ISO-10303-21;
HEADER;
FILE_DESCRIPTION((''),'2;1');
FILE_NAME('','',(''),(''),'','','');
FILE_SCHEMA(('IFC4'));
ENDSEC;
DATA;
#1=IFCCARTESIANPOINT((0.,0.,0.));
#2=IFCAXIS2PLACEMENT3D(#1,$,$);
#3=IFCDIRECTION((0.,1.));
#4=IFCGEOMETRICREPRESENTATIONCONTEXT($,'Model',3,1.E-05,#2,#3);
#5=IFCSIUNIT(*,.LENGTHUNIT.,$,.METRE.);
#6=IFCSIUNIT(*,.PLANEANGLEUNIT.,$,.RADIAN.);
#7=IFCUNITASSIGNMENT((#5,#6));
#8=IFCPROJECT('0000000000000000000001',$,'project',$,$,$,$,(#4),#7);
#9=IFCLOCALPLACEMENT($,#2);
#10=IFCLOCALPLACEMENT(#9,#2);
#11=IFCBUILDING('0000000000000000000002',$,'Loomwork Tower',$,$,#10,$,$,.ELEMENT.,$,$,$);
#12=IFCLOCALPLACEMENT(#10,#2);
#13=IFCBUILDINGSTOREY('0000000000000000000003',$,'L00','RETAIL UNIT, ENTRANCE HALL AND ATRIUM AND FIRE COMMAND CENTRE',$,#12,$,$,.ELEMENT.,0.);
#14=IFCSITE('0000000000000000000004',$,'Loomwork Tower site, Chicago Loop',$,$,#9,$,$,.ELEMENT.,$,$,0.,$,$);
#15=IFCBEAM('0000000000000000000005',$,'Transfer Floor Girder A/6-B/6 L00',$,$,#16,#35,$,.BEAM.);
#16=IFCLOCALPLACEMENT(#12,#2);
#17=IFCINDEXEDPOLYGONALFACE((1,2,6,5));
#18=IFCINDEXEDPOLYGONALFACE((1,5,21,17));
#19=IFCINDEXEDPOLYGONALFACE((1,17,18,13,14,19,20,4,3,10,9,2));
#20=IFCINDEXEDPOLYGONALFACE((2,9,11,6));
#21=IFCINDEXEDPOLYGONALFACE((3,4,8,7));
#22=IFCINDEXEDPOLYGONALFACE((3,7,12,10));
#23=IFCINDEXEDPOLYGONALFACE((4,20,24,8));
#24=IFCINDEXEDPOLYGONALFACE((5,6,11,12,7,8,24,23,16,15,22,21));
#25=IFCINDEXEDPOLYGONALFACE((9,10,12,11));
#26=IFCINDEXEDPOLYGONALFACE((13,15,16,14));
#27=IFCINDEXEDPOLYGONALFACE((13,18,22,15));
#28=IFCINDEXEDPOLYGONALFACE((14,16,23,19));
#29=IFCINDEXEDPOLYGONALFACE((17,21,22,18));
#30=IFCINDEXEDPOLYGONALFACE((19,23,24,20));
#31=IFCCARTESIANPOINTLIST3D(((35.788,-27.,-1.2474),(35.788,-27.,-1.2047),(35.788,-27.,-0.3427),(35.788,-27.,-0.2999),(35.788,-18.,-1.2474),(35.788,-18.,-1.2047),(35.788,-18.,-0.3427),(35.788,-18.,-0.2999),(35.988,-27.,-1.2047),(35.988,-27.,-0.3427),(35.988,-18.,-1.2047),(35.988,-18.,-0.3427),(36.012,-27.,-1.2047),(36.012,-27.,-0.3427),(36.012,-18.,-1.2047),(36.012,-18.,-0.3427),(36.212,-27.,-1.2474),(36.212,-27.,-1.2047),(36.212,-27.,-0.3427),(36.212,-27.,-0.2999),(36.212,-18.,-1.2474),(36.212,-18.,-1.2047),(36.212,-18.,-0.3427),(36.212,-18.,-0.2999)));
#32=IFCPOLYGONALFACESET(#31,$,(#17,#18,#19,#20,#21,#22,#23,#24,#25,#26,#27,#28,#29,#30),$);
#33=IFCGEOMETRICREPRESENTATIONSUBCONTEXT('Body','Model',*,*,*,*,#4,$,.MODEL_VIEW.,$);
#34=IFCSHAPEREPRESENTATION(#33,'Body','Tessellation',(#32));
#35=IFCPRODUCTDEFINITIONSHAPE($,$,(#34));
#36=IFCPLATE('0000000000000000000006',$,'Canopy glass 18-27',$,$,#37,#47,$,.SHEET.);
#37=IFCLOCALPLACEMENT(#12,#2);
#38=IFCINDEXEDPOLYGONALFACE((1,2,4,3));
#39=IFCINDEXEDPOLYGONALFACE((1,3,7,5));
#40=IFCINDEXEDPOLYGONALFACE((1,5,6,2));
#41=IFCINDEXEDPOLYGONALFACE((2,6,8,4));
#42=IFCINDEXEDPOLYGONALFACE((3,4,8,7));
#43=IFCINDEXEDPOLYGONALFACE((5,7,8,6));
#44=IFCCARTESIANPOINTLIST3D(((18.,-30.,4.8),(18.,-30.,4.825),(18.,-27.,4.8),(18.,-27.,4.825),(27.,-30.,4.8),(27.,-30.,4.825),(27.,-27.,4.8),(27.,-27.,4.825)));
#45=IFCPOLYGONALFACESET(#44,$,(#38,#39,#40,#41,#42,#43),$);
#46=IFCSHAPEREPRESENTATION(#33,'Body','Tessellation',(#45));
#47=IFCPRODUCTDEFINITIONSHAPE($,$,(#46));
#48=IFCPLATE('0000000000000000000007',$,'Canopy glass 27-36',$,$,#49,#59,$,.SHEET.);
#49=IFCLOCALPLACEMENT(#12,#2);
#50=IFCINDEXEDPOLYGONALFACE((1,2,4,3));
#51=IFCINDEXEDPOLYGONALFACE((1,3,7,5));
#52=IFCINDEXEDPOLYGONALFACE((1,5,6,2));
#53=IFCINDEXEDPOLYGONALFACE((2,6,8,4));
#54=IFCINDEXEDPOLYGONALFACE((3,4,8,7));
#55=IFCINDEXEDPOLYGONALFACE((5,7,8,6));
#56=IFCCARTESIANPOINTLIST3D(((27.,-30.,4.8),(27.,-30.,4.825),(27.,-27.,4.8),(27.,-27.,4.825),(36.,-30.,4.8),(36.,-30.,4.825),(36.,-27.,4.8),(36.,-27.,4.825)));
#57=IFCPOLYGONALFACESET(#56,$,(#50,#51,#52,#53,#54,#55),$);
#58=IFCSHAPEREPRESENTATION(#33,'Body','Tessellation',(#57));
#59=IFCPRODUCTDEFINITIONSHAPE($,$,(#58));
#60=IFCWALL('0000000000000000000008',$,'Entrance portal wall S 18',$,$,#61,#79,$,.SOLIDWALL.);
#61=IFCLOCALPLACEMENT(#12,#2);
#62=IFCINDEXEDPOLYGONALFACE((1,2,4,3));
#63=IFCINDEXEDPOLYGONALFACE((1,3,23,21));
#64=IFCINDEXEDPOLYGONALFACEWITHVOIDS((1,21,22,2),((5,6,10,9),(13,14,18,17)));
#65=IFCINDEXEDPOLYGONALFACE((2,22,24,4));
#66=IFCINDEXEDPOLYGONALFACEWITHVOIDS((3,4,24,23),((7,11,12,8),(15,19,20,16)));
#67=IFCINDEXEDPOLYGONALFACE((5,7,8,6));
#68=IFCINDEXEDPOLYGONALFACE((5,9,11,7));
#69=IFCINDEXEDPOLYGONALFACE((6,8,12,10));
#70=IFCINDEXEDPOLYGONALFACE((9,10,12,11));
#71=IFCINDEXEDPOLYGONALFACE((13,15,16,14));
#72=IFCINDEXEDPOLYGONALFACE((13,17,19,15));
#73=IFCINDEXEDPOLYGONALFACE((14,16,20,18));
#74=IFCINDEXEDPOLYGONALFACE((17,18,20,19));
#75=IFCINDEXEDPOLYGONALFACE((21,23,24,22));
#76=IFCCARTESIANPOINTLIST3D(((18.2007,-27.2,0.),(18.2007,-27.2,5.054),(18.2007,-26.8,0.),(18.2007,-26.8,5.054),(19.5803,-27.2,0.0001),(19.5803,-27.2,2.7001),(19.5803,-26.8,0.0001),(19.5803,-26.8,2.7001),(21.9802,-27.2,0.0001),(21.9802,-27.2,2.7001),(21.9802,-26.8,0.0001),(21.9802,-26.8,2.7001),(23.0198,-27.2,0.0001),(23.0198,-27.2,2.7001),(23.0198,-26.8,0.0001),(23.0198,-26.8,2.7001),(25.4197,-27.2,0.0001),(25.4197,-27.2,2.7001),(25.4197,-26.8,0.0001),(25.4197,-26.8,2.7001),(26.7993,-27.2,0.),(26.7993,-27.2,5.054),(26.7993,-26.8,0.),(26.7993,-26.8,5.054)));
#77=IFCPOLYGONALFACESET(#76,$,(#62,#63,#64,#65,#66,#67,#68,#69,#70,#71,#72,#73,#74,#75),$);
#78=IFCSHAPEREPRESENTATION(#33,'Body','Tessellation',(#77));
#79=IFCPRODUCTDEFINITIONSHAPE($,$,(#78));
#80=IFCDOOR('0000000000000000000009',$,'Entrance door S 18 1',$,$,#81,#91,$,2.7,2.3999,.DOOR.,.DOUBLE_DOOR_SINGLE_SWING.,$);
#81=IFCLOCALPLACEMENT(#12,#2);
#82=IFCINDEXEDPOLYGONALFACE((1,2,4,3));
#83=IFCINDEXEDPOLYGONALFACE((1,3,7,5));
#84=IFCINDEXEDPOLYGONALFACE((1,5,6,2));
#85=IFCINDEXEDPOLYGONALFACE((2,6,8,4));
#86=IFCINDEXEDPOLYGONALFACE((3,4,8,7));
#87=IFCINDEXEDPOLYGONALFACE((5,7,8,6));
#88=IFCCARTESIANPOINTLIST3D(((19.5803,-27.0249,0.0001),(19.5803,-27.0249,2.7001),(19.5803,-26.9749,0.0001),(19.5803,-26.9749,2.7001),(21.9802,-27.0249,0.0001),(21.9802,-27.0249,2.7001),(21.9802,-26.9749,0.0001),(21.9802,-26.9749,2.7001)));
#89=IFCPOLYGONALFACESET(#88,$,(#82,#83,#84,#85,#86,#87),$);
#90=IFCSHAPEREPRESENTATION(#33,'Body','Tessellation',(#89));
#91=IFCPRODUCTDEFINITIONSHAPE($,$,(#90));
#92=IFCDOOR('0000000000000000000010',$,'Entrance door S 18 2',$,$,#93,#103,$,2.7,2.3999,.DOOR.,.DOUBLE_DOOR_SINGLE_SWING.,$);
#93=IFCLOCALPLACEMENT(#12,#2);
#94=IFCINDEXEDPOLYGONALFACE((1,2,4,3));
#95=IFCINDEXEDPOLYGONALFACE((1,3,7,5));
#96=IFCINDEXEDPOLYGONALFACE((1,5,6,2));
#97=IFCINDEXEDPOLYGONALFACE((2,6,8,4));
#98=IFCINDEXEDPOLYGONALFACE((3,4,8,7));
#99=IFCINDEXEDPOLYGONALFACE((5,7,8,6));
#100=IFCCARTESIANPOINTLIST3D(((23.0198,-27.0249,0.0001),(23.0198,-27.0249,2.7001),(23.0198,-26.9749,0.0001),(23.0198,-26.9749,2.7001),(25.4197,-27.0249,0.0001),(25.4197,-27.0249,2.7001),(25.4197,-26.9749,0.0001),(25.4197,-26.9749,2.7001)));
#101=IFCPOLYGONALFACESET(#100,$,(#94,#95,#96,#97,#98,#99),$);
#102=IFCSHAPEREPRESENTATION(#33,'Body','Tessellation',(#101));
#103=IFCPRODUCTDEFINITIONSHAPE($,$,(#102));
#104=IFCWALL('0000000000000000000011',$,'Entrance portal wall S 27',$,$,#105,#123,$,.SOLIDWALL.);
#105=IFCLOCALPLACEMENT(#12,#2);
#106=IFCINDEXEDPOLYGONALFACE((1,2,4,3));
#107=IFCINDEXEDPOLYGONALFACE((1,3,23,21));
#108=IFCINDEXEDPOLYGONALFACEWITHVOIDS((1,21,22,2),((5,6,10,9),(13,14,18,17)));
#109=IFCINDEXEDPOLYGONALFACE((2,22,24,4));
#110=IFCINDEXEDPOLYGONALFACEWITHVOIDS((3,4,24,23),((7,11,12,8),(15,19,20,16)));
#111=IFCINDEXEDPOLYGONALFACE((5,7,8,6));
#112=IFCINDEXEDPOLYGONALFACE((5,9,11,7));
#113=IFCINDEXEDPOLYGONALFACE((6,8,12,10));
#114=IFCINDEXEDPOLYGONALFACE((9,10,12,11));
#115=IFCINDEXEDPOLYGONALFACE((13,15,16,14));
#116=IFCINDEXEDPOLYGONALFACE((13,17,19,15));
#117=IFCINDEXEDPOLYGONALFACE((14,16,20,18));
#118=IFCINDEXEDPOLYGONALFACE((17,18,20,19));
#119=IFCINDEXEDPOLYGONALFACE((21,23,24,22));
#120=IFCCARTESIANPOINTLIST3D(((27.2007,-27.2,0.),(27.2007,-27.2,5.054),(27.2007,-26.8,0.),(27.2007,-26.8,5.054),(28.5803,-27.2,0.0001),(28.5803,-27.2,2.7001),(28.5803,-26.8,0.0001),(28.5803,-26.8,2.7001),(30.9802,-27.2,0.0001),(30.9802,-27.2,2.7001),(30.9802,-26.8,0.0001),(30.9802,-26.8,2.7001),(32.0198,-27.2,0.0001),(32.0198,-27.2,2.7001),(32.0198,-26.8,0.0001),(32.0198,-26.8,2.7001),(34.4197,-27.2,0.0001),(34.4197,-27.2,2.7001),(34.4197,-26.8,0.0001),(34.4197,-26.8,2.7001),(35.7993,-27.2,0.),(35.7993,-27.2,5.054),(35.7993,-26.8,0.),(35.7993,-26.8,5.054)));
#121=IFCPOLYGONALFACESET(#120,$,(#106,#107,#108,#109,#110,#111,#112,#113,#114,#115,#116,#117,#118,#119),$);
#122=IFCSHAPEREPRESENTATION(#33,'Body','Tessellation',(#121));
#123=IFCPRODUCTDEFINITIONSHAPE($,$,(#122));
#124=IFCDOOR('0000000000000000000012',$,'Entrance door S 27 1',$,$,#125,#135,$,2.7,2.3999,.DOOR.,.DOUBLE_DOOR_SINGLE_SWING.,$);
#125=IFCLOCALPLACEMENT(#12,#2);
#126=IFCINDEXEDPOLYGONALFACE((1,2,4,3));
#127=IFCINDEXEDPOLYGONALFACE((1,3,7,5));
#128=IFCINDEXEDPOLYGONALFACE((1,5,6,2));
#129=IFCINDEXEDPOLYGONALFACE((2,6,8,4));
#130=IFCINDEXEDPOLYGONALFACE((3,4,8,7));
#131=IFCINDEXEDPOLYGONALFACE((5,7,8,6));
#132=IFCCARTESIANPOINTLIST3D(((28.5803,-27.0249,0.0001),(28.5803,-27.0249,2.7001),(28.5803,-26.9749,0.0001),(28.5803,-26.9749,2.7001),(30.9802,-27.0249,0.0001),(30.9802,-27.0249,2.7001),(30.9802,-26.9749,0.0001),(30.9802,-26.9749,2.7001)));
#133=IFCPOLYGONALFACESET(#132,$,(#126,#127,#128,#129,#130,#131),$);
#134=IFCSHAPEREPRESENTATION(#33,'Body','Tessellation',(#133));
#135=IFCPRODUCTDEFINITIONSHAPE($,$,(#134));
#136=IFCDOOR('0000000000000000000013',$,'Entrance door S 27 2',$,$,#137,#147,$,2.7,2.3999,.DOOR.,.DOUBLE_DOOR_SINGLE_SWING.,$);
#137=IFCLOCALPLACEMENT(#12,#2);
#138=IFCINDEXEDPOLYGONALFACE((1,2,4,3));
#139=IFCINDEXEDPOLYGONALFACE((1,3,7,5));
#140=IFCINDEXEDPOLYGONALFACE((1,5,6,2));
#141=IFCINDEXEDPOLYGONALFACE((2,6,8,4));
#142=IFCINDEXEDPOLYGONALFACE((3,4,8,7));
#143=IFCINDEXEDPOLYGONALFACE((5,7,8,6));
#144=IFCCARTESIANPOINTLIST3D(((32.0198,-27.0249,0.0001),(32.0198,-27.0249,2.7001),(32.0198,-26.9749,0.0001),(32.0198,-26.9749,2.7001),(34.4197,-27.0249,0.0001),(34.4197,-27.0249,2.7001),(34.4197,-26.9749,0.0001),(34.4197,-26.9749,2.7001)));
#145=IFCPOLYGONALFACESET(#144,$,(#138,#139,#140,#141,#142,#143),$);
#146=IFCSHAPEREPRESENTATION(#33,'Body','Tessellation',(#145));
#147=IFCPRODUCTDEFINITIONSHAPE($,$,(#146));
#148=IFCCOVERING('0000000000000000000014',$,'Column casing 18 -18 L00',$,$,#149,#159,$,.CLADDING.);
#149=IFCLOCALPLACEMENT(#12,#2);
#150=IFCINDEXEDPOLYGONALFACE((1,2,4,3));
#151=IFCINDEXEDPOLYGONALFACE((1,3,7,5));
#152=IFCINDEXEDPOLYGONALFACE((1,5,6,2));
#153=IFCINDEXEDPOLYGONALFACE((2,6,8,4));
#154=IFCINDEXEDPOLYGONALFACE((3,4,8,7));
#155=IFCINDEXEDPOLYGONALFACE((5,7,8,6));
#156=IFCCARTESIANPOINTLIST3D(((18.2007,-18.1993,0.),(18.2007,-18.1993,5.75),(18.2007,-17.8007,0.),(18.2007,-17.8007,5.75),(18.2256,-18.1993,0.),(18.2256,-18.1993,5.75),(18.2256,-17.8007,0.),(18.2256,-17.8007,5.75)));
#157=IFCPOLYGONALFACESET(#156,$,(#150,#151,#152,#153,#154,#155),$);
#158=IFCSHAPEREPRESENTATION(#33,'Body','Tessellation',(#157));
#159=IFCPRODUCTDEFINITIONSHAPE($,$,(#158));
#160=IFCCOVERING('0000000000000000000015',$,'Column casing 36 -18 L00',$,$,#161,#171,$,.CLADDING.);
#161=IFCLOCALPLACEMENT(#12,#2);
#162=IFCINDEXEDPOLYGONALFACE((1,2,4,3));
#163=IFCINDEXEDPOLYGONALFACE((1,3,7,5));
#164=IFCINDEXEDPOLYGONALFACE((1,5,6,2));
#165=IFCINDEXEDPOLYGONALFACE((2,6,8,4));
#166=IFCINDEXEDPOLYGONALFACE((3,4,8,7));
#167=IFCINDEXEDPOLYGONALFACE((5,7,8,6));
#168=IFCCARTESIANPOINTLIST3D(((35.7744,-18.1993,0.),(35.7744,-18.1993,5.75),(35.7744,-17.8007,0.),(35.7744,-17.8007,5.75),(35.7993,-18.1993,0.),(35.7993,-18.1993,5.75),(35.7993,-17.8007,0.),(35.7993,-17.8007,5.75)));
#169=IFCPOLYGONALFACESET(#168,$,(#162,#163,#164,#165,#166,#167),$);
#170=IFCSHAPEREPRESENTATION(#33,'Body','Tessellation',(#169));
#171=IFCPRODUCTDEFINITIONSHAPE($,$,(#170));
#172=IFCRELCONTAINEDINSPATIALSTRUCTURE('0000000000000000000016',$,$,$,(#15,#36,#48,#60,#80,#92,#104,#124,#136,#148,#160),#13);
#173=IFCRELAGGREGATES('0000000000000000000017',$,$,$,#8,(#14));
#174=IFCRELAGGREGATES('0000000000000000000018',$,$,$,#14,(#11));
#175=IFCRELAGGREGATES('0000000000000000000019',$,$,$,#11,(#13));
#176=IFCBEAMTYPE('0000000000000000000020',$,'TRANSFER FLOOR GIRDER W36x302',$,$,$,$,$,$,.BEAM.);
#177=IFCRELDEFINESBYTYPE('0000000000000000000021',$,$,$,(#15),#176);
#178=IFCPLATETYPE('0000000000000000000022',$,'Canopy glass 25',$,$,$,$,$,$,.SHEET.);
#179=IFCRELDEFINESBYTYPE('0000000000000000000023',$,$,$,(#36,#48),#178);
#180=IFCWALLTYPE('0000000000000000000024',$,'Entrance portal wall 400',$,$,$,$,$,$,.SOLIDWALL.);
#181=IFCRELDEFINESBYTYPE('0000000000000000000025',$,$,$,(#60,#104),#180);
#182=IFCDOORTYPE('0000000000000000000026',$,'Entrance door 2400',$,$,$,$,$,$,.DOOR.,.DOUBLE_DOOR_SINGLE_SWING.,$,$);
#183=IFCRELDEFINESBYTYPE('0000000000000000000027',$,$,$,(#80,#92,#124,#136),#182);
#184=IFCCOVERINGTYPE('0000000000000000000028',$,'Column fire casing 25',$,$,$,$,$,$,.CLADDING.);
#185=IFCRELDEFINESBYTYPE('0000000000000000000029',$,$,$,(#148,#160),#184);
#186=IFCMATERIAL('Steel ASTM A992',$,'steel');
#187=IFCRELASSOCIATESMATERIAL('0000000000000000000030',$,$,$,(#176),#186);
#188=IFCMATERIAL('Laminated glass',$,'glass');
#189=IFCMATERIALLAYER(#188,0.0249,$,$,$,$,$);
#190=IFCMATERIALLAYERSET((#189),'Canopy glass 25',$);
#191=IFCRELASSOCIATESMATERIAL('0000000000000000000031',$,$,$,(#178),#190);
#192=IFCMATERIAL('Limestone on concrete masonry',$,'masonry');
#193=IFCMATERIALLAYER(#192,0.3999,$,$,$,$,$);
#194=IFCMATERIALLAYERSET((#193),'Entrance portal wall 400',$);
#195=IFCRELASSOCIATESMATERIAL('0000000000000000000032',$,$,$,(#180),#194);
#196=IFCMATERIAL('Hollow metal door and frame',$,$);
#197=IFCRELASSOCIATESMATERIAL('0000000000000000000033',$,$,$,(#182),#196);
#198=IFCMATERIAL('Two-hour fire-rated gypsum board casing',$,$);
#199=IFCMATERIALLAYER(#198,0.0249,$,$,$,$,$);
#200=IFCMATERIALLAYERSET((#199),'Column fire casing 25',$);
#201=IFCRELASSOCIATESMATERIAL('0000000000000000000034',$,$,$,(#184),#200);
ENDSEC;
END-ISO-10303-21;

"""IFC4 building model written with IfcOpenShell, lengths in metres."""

from ifc_helpers import new_model, si_unit, direction, frame, frame_2d, origin, origin_2d, place, context, subcontext, project, spatial, rectangle, i_section, extrude, material, layer, layer_set, material_profile, profile_set, type_object, element, fill, save


model = new_model("IFC4")

# Units and contexts
model_context = context("Model", 3, precision=1e-05, world=origin(), true_north=direction((0.0, 1.0)))
body_context = subcontext(model_context, "Body", "Model", "MODEL_VIEW")
ifc_project = project(units=[si_unit("LENGTHUNIT", "METRE"), si_unit("PLANEANGLEUNIT", "RADIAN")], contexts=[model_context])

# Site, building, storey
site_placement = place(None, origin())
site = spatial("IfcSite", under=ifc_project, at=site_placement, Name="Loomwork Tower site, Chicago Loop", CompositionType="ELEMENT", RefElevation=0.0)
building_placement = place(site_placement, origin())
building = spatial("IfcBuilding", under=site, at=building_placement, Name="Loomwork Tower", CompositionType="ELEMENT")
storey_placement = place(building_placement, origin())
storey = spatial("IfcBuildingStorey", under=building, at=storey_placement, Name="L00", Description="RETAIL UNIT, ENTRANCE HALL AND ATRIUM AND FIRE COMMAND CENTRE", CompositionType="ELEMENT", Elevation=0.0)

# Beam
ifc_material_1 = material(Name="Steel ASTM A992", Category="steel")
ifc_material_profile_1 = material_profile(ifc_material_1, i_section(OverallWidth=0.4241, OverallDepth=0.9475, WebThickness=0.0239, FlangeThickness=0.0427, at=origin_2d()), Name="W36x302")
ifc_profile_set_1 = profile_set([ifc_material_profile_1], Name="Steel ASTM A992")
beam_type_1 = type_object("IfcBeamType", Name="TRANSFER FLOOR GIRDER W36x302", PredefinedType="BEAM", material=ifc_profile_set_1)
for number, where, z_axis, x_axis, name in (
    (1, (36.0, -27.0, -0.7737), (0.0, 1.0, 0.0), (-1.0, 0.0, 0.0), "Transfer Floor Girder A/6-B/6 L00"),
):
    element("IfcBeam", number, at=place(storey_placement, frame(where, z_axis=z_axis, x_axis=x_axis)), inside=storey, type_object=beam_type_1, Name=name, PredefinedType="BEAM", context=body_context, shape_type="SweptSolid", body=[
        extrude(i_section(OverallWidth=0.4241, OverallDepth=0.9475, WebThickness=0.0239, FlangeThickness=0.0427, at=origin_2d()), origin(), (0.0, 0.0, 1.0), 9.0),
    ])

# Plates
ifc_material_2 = material(Name="Laminated glass", Category="glass")
ifc_layer_1 = layer(ifc_material_2, 0.0249)
ifc_layer_set_1 = layer_set([ifc_layer_1], Name="Canopy glass 25")
plate_type = type_object("IfcPlateType", Name="Canopy glass 25", PredefinedType="SHEET", material=ifc_layer_set_1)
for number, where, z_axis, x_axis, name in (
    (2, (22.5, -28.5, 4.8), (0.0, 0.0, 1.0), (1.0, 0.0, 0.0), "Canopy glass 18-27"),
    (3, (31.5, -28.5, 4.8), (0.0, 0.0, 1.0), (1.0, 0.0, 0.0), "Canopy glass 27-36"),
):
    element("IfcPlate", number, at=place(storey_placement, frame(where, z_axis=z_axis, x_axis=x_axis)), inside=storey, type_object=plate_type, Name=name, PredefinedType="SHEET", context=body_context, shape_type="SweptSolid", body=[
        extrude(rectangle(XDim=9.0, YDim=3.0, at=origin_2d()), origin(), (0.0, 0.0, 1.0), 0.0249),
    ])

# Walls, openings, doors
ifc_material_3 = material(Name="Limestone on concrete masonry", Category="masonry")
ifc_layer_2 = layer(ifc_material_3, 0.3999)
ifc_layer_set_2 = layer_set([ifc_layer_2], Name="Entrance portal wall 400")
wall_type = type_object("IfcWallType", Name="Entrance portal wall 400", PredefinedType="SOLIDWALL", material=ifc_layer_set_2)
wall_1_placement = place(storey_placement, frame((18.2007, -27.0, 0.0), z_axis=(0.0, 0.0, 1.0), x_axis=(1.0, 0.0, 0.0)))
wall_1 = element("IfcWall", 4, at=wall_1_placement, inside=storey, type_object=wall_type, Name="Entrance portal wall S 18", PredefinedType="SOLIDWALL", context=body_context, shape_type="SweptSolid", body=[
    extrude(rectangle(XDim=8.5986, YDim=0.3999, at=frame_2d((4.2993, 0.0))), origin(), (0.0, 0.0, 1.0), 5.054),
])
opening_1_placement = place(wall_1_placement, frame((1.3796, 0.0, 0.0)))
opening_1 = element("IfcOpeningElement", 5, at=opening_1_placement, cuts=wall_1, PredefinedType="OPENING", context=body_context, shape_type="SweptSolid", body=[
    extrude(rectangle(XDim=2.3999, YDim=2.7, at=frame_2d((1.2, 1.3501))), frame((0.0, 0.21, 0.0), z_axis=(0.0, -1.0, 0.0), x_axis=(1.0, 0.0, 0.0)), (0.0, 0.0, 1.0), 0.4199),
])
opening_2_placement = place(wall_1_placement, frame((4.8191, 0.0, 0.0)))
opening_2 = element("IfcOpeningElement", 6, at=opening_2_placement, cuts=wall_1, PredefinedType="OPENING", context=body_context, shape_type="SweptSolid", body=[
    extrude(rectangle(XDim=2.3999, YDim=2.7, at=frame_2d((1.2, 1.3501))), frame((0.0, 0.21, 0.0), z_axis=(0.0, -1.0, 0.0), x_axis=(1.0, 0.0, 0.0)), (0.0, 0.0, 1.0), 0.4199),
])
ifc_material_4 = material(Name="Hollow metal door and frame")
door_type = type_object("IfcDoorType", Name="Entrance door 2400", OperationType="DOUBLE_DOOR_SINGLE_SWING", PredefinedType="DOOR", material=ifc_material_4)
door_1_placement = place(opening_1_placement, frame((2.3999, 0.0, 0.0), z_axis=(0.0, 0.0, 1.0), x_axis=(-1.0, 0.0, 0.0)))
door_1 = element("IfcDoor", 7, at=door_1_placement, inside=storey, type_object=door_type, Name="Entrance door S 18 1", OperationType="DOUBLE_DOOR_SINGLE_SWING", OverallHeight=2.7, OverallWidth=2.3999, PredefinedType="DOOR", context=body_context, shape_type="SweptSolid", body=[
    extrude(rectangle(XDim=2.3999, YDim=2.7, at=frame_2d((1.2, 1.3501))), frame((0.0, 0.0249, 0.0), z_axis=(0.0, -1.0, 0.0), x_axis=(1.0, 0.0, 0.0)), (0.0, 0.0, 1.0), 0.05),
])
fill(opening_1, door_1)
door_2_placement = place(opening_2_placement, frame((2.3999, 0.0, 0.0), z_axis=(0.0, 0.0, 1.0), x_axis=(-1.0, 0.0, 0.0)))
door_2 = element("IfcDoor", 8, at=door_2_placement, inside=storey, type_object=door_type, Name="Entrance door S 18 2", OperationType="DOUBLE_DOOR_SINGLE_SWING", OverallHeight=2.7, OverallWidth=2.3999, PredefinedType="DOOR", context=body_context, shape_type="SweptSolid", body=[
    extrude(rectangle(XDim=2.3999, YDim=2.7, at=frame_2d((1.2, 1.3501))), frame((0.0, 0.0249, 0.0), z_axis=(0.0, -1.0, 0.0), x_axis=(1.0, 0.0, 0.0)), (0.0, 0.0, 1.0), 0.05),
])
fill(opening_2, door_2)
wall_2_placement = place(storey_placement, frame((27.2007, -27.0, 0.0), z_axis=(0.0, 0.0, 1.0), x_axis=(1.0, 0.0, 0.0)))
wall_2 = element("IfcWall", 9, at=wall_2_placement, inside=storey, type_object=wall_type, Name="Entrance portal wall S 27", PredefinedType="SOLIDWALL", context=body_context, shape_type="SweptSolid", body=[
    extrude(rectangle(XDim=8.5986, YDim=0.3999, at=frame_2d((4.2993, 0.0))), origin(), (0.0, 0.0, 1.0), 5.054),
])
opening_3_placement = place(wall_2_placement, frame((1.3796, 0.0, 0.0)))
opening_3 = element("IfcOpeningElement", 10, at=opening_3_placement, cuts=wall_2, PredefinedType="OPENING", context=body_context, shape_type="SweptSolid", body=[
    extrude(rectangle(XDim=2.3999, YDim=2.7, at=frame_2d((1.2, 1.3501))), frame((0.0, 0.21, 0.0), z_axis=(0.0, -1.0, 0.0), x_axis=(1.0, 0.0, 0.0)), (0.0, 0.0, 1.0), 0.4199),
])
opening_4_placement = place(wall_2_placement, frame((4.8191, 0.0, 0.0)))
opening_4 = element("IfcOpeningElement", 11, at=opening_4_placement, cuts=wall_2, PredefinedType="OPENING", context=body_context, shape_type="SweptSolid", body=[
    extrude(rectangle(XDim=2.3999, YDim=2.7, at=frame_2d((1.2, 1.3501))), frame((0.0, 0.21, 0.0), z_axis=(0.0, -1.0, 0.0), x_axis=(1.0, 0.0, 0.0)), (0.0, 0.0, 1.0), 0.4199),
])
door_3_placement = place(opening_3_placement, frame((2.3999, 0.0, 0.0), z_axis=(0.0, 0.0, 1.0), x_axis=(-1.0, 0.0, 0.0)))
door_3 = element("IfcDoor", 12, at=door_3_placement, inside=storey, type_object=door_type, Name="Entrance door S 27 1", OperationType="DOUBLE_DOOR_SINGLE_SWING", OverallHeight=2.7, OverallWidth=2.3999, PredefinedType="DOOR", context=body_context, shape_type="SweptSolid", body=[
    extrude(rectangle(XDim=2.3999, YDim=2.7, at=frame_2d((1.2, 1.3501))), frame((0.0, 0.0249, 0.0), z_axis=(0.0, -1.0, 0.0), x_axis=(1.0, 0.0, 0.0)), (0.0, 0.0, 1.0), 0.05),
])
fill(opening_3, door_3)
door_4_placement = place(opening_4_placement, frame((2.3999, 0.0, 0.0), z_axis=(0.0, 0.0, 1.0), x_axis=(-1.0, 0.0, 0.0)))
door_4 = element("IfcDoor", 13, at=door_4_placement, inside=storey, type_object=door_type, Name="Entrance door S 27 2", OperationType="DOUBLE_DOOR_SINGLE_SWING", OverallHeight=2.7, OverallWidth=2.3999, PredefinedType="DOOR", context=body_context, shape_type="SweptSolid", body=[
    extrude(rectangle(XDim=2.3999, YDim=2.7, at=frame_2d((1.2, 1.3501))), frame((0.0, 0.0249, 0.0), z_axis=(0.0, -1.0, 0.0), x_axis=(1.0, 0.0, 0.0)), (0.0, 0.0, 1.0), 0.05),
])
fill(opening_4, door_4)

# Coverings
ifc_material_5 = material(Name="Two-hour fire-rated gypsum board casing")
ifc_layer_3 = layer(ifc_material_5, 0.0249)
ifc_layer_set_3 = layer_set([ifc_layer_3], Name="Column fire casing 25")
covering_type_1 = type_object("IfcCoveringType", Name="Column fire casing 25", PredefinedType="CLADDING", material=ifc_layer_set_3)
for number, where, z_axis, x_axis, name in (
    (14, (18.2131, -18.0, 0.0), (0.0, 0.0, 1.0), (1.0, 0.0, 0.0), "Column casing 18 -18 L00"),
    (15, (35.7869, -18.0, 0.0), (0.0, 0.0, 1.0), (1.0, 0.0, 0.0), "Column casing 36 -18 L00"),
):
    element("IfcCovering", number, at=place(storey_placement, frame(where, z_axis=z_axis, x_axis=x_axis)), inside=storey, type_object=covering_type_1, Name=name, PredefinedType="CLADDING", context=body_context, shape_type="SweptSolid", body=[
        extrude(rectangle(XDim=0.0249, YDim=0.3987, at=origin_2d()), origin(), (0.0, 0.0, 1.0), 5.75),
    ])

save(model, "model.ifc")
